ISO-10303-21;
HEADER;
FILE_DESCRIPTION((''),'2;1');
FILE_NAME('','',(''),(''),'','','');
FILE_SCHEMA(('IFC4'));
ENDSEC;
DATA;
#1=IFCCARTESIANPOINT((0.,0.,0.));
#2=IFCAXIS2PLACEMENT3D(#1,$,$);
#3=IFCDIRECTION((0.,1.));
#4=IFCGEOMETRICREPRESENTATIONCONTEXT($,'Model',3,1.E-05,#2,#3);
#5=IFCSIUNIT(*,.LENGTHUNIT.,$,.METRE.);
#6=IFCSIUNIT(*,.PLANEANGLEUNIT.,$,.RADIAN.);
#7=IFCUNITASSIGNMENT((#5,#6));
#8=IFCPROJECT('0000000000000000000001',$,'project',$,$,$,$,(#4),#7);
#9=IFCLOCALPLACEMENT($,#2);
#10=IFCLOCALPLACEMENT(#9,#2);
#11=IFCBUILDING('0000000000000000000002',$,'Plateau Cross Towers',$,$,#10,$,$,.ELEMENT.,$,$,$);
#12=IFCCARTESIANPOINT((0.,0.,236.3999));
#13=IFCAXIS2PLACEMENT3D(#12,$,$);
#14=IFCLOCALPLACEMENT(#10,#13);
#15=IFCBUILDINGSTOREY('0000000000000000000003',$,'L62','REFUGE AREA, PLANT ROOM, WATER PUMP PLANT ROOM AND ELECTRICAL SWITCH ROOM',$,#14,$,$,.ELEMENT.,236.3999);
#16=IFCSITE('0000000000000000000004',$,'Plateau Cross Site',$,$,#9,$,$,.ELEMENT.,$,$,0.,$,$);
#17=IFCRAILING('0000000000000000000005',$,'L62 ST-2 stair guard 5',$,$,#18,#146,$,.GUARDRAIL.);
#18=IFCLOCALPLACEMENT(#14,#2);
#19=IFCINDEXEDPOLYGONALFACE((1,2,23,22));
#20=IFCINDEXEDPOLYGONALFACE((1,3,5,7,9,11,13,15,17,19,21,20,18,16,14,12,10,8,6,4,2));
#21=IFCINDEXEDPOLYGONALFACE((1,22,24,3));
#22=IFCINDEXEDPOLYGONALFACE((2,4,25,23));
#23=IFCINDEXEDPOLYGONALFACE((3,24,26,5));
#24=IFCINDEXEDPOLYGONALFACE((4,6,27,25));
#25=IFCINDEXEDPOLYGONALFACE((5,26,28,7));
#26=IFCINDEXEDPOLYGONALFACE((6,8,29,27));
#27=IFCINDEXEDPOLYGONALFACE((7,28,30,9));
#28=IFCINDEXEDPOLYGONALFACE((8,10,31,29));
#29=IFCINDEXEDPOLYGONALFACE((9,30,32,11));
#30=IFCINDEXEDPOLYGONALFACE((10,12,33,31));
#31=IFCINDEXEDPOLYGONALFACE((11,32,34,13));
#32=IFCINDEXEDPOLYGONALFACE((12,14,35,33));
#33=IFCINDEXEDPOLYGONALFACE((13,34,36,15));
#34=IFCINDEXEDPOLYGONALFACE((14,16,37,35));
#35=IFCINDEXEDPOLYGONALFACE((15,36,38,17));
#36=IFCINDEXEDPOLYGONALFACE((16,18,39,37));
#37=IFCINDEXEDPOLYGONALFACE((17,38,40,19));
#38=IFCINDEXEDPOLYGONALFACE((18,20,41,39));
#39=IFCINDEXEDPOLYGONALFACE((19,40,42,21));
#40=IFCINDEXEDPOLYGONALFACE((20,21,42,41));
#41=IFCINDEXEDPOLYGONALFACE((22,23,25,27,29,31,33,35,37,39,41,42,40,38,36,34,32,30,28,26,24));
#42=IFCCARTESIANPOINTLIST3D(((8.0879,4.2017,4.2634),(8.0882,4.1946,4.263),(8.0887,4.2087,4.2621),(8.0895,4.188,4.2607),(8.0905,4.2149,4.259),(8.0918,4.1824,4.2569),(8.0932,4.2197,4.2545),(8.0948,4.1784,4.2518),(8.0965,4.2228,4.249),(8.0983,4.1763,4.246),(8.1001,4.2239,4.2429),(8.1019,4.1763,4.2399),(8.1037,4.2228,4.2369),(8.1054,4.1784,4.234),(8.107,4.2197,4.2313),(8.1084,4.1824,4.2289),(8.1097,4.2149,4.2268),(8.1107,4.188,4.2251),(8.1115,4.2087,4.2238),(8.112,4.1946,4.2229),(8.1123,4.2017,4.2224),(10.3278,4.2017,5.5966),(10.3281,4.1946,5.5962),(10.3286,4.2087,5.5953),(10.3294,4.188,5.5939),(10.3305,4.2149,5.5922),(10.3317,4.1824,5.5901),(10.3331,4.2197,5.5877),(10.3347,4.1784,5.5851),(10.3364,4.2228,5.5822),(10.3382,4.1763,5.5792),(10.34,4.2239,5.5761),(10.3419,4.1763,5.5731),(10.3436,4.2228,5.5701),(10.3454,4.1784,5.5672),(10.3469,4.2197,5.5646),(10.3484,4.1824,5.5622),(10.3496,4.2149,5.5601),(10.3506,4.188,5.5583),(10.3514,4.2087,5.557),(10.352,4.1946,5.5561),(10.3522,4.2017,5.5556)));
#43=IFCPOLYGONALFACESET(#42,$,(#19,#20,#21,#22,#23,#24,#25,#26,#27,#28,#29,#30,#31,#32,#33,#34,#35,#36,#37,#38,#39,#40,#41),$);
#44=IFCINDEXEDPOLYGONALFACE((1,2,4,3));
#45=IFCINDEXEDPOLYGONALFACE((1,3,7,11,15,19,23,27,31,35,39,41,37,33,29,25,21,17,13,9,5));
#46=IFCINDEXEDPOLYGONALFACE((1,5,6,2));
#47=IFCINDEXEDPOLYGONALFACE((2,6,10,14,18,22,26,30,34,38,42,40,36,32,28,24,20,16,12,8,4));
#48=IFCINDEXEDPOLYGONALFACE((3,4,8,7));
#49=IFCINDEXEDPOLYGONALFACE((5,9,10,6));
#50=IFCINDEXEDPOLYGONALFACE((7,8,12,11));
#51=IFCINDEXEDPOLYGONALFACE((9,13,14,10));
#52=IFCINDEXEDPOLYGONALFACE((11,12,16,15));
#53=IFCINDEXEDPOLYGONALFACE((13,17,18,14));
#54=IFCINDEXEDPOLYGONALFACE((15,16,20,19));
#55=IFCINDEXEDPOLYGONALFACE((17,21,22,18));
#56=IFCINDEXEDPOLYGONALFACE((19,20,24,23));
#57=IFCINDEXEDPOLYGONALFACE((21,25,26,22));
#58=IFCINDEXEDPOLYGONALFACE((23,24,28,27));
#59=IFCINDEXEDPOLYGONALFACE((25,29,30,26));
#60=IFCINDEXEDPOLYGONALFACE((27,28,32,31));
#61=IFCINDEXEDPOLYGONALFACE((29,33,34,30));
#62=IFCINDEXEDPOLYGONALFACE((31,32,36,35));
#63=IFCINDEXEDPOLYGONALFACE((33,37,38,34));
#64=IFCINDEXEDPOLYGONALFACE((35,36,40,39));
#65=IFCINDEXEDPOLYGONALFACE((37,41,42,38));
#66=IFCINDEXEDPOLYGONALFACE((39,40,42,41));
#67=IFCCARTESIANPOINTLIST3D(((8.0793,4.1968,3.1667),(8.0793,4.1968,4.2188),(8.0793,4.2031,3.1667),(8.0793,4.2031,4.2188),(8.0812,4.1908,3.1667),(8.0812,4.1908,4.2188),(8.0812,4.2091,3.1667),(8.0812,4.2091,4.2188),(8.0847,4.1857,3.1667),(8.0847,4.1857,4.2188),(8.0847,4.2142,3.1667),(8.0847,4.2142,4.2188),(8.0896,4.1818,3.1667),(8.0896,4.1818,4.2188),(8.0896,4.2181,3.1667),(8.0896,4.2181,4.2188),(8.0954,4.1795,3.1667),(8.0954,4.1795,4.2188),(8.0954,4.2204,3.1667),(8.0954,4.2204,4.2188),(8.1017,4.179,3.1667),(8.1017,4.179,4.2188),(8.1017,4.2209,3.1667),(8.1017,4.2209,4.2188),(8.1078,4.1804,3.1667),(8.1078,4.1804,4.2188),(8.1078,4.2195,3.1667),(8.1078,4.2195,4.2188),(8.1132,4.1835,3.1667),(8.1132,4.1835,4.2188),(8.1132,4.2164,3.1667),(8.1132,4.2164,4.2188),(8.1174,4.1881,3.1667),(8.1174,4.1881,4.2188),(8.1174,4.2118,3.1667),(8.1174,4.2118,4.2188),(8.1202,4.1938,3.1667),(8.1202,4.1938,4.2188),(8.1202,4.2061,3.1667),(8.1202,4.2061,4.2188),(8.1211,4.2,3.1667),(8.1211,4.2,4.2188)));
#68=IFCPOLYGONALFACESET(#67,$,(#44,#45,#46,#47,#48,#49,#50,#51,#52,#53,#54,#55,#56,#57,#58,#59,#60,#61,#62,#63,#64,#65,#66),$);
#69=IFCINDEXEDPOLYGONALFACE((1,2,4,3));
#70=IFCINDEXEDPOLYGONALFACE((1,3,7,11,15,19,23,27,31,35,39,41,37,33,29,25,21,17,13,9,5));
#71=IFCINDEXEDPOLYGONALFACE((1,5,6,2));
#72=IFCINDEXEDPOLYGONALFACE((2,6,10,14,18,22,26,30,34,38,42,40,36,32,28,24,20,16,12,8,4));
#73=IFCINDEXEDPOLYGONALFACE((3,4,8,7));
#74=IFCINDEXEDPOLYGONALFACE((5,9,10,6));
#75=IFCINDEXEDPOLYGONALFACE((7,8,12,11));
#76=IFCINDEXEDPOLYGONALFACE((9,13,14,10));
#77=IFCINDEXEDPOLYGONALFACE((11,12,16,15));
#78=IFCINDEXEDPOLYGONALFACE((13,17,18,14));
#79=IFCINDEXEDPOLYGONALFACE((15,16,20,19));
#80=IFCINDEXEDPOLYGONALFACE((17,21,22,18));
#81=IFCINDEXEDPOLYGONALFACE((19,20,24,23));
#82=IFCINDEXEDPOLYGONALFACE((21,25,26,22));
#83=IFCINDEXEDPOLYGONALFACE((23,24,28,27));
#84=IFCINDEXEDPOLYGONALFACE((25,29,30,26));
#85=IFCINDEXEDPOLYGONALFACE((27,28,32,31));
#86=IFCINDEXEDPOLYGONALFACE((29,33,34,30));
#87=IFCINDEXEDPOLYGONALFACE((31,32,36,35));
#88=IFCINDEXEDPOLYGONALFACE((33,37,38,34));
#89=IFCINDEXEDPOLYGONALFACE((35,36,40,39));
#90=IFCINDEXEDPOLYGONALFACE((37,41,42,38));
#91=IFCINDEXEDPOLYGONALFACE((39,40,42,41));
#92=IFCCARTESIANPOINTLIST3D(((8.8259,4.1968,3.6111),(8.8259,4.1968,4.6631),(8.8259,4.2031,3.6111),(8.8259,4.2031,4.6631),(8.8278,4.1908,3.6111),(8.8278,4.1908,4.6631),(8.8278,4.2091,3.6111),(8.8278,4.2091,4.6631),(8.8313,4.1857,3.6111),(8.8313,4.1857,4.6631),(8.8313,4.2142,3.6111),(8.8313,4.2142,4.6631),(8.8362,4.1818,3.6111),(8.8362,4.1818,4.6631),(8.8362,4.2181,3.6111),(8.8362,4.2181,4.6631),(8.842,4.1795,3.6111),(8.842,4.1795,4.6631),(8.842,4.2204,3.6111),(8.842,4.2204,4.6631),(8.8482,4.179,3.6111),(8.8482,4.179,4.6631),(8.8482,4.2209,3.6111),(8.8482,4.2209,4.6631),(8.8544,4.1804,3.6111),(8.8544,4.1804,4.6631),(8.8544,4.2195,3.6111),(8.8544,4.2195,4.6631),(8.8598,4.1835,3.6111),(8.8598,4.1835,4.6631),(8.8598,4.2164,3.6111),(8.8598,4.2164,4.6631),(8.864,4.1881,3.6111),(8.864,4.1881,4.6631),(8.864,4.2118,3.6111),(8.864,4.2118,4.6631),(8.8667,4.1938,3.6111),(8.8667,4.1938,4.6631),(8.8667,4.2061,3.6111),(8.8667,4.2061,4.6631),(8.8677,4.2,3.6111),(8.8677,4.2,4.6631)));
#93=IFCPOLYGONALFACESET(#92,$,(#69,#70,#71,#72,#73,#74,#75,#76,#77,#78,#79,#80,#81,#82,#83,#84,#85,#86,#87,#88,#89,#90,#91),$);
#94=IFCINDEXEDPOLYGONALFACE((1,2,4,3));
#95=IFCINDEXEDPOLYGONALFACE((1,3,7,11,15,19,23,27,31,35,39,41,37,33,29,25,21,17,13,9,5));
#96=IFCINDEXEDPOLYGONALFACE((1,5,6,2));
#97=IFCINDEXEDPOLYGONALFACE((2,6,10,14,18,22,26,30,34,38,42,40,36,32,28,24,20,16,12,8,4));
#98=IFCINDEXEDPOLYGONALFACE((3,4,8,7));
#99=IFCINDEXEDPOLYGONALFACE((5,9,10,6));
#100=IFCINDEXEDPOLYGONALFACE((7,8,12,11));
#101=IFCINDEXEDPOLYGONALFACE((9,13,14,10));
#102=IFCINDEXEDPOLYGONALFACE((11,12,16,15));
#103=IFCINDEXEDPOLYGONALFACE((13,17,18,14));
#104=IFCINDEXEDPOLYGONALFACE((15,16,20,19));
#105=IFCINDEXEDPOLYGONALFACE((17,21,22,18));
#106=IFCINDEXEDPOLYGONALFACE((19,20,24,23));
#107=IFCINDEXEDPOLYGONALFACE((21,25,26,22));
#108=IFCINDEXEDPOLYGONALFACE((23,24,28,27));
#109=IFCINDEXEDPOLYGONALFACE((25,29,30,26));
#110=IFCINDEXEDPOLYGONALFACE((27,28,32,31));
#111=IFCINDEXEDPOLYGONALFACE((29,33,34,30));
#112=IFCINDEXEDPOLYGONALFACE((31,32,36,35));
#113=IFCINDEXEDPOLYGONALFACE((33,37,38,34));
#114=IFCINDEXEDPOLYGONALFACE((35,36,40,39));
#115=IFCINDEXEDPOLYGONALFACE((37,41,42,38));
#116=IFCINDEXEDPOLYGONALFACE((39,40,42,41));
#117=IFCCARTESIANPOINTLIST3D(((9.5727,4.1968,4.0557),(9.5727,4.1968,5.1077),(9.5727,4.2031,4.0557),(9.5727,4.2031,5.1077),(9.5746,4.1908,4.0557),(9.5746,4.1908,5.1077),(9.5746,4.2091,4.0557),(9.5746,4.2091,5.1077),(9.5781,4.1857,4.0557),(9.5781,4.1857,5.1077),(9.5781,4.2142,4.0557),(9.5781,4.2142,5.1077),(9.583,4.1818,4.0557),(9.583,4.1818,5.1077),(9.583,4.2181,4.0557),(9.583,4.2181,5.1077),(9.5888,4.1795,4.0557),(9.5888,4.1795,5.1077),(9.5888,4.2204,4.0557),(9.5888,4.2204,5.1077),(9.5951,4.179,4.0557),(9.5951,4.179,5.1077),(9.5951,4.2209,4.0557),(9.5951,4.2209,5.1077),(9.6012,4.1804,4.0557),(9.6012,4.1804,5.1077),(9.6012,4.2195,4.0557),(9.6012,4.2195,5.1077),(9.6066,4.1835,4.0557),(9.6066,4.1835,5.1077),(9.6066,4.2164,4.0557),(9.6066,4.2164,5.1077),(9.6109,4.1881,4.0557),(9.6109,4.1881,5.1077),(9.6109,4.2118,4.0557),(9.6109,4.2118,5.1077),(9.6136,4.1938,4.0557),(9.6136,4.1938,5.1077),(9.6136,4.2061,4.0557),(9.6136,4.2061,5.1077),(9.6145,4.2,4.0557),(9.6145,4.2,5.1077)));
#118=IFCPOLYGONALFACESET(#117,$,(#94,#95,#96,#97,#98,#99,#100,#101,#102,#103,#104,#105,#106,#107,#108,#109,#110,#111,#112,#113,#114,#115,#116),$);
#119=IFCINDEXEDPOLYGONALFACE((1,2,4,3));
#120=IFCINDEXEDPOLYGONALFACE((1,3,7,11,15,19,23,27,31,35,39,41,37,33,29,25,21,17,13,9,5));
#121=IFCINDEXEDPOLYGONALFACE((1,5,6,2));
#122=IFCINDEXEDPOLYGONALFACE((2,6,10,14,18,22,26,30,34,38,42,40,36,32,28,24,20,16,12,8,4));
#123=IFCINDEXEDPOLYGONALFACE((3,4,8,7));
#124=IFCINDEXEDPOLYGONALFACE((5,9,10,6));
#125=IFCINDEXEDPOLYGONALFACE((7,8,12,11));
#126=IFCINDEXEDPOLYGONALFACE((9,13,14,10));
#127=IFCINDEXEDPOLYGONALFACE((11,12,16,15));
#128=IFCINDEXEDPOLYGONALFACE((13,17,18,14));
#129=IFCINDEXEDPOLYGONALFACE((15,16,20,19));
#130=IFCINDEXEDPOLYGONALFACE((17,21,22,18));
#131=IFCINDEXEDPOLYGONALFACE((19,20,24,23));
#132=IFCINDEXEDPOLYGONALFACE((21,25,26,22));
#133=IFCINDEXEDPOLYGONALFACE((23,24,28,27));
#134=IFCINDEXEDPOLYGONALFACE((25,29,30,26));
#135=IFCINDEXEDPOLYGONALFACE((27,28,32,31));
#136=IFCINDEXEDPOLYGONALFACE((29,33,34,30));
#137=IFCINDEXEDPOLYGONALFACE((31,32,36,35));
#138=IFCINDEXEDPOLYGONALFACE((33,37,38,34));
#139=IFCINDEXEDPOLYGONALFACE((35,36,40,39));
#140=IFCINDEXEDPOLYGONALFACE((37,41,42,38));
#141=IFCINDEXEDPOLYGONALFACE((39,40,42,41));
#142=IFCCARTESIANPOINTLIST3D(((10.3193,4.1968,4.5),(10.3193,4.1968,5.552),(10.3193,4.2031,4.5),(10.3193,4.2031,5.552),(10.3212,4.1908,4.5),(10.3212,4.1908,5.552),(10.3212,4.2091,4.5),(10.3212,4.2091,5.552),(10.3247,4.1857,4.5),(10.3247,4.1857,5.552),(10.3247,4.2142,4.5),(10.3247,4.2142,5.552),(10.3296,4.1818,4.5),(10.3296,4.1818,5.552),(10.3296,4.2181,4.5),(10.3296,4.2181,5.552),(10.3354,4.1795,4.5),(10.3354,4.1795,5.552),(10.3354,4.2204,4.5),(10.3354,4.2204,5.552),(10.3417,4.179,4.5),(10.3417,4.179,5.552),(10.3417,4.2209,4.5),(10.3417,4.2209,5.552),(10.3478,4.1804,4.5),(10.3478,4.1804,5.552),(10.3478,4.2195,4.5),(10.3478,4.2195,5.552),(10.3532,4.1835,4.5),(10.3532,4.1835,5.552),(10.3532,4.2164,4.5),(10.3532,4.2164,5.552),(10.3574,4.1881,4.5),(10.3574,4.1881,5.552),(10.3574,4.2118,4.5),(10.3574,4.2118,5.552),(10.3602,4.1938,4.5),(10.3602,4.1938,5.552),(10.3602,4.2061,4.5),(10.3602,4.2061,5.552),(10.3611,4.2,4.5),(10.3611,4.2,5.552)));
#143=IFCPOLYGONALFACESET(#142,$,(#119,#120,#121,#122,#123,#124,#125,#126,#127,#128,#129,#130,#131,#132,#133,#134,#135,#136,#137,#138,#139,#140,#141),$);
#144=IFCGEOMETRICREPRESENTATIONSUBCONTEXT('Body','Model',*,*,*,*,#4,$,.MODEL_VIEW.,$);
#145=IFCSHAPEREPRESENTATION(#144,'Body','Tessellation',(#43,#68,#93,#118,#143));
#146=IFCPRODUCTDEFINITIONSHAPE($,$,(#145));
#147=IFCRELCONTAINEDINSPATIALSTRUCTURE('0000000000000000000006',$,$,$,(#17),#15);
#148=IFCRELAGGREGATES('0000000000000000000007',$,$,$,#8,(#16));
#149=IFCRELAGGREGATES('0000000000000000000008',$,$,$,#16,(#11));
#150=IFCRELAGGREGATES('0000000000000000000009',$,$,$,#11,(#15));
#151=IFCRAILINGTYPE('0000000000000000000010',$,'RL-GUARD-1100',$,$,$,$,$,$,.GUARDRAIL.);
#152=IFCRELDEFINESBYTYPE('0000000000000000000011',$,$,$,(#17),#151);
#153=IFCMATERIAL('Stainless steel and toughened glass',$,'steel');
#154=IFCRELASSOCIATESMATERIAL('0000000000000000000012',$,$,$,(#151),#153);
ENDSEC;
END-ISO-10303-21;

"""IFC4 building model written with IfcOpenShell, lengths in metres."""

from ifc_helpers import new_model, si_unit, direction, frame, origin, origin_2d, place, context, subcontext, project, spatial, circle, extrude, material, type_object, element, save


model = new_model("IFC4")

# Units and contexts
model_context = context("Model", 3, precision=1e-05, world=origin(), true_north=direction((0.0, 1.0)))
body_context = subcontext(model_context, "Body", "Model", "MODEL_VIEW")
ifc_project = project(units=[si_unit("LENGTHUNIT", "METRE"), si_unit("PLANEANGLEUNIT", "RADIAN")], contexts=[model_context])

# Site, building, storey
site_placement = place(None, origin())
site = spatial("IfcSite", under=ifc_project, at=site_placement, Name="Plateau Cross Site", CompositionType="ELEMENT", RefElevation=0.0)
building_placement = place(site_placement, origin())
building = spatial("IfcBuilding", under=site, at=building_placement, Name="Plateau Cross Towers", CompositionType="ELEMENT")
storey_placement = place(building_placement, frame((0.0, 0.0, 236.3999)))
storey = spatial("IfcBuildingStorey", under=building, at=storey_placement, Name="L62", Description="REFUGE AREA, PLANT ROOM, WATER PUMP PLANT ROOM AND ELECTRICAL SWITCH ROOM", CompositionType="ELEMENT", Elevation=236.3999)

# Railing
ifc_material_1 = material(Name="Stainless steel and toughened glass", Category="steel")
railing_type_1 = type_object("IfcRailingType", Name="RL-GUARD-1100", PredefinedType="GUARDRAIL", material=ifc_material_1)
railing_1_placement = place(storey_placement, frame((8.1001, 4.2, 3.1667)))
element("IfcRailing", 1, at=railing_1_placement, inside=storey, type_object=railing_type_1, Name="L62 ST-2 stair guard 5", PredefinedType="GUARDRAIL", context=body_context, shape_type="SweptSolid", body=[
    extrude(circle(Radius=0.0239, at=origin_2d()), frame((0.0, 0.0, 1.0762), z_axis=(0.859306, 0.0, 0.511462), x_axis=(0.0, 1.0, 0.0)), (0.0, 0.0, 1.0), 2.6067),
    extrude(circle(Radius=0.021, at=origin_2d()), origin(), (0.0, 0.0, 1.0), 1.052),
    extrude(circle(Radius=0.021, at=origin_2d()), frame((0.7466, 0.0, 0.4443)), (0.0, 0.0, 1.0), 1.052),
    extrude(circle(Radius=0.021, at=origin_2d()), frame((1.4934, 0.0, 0.8889)), (0.0, 0.0, 1.0), 1.052),
    extrude(circle(Radius=0.021, at=origin_2d()), frame((2.24, 0.0, 1.3333)), (0.0, 0.0, 1.0), 1.052),
])

save(model, "model.ifc")
